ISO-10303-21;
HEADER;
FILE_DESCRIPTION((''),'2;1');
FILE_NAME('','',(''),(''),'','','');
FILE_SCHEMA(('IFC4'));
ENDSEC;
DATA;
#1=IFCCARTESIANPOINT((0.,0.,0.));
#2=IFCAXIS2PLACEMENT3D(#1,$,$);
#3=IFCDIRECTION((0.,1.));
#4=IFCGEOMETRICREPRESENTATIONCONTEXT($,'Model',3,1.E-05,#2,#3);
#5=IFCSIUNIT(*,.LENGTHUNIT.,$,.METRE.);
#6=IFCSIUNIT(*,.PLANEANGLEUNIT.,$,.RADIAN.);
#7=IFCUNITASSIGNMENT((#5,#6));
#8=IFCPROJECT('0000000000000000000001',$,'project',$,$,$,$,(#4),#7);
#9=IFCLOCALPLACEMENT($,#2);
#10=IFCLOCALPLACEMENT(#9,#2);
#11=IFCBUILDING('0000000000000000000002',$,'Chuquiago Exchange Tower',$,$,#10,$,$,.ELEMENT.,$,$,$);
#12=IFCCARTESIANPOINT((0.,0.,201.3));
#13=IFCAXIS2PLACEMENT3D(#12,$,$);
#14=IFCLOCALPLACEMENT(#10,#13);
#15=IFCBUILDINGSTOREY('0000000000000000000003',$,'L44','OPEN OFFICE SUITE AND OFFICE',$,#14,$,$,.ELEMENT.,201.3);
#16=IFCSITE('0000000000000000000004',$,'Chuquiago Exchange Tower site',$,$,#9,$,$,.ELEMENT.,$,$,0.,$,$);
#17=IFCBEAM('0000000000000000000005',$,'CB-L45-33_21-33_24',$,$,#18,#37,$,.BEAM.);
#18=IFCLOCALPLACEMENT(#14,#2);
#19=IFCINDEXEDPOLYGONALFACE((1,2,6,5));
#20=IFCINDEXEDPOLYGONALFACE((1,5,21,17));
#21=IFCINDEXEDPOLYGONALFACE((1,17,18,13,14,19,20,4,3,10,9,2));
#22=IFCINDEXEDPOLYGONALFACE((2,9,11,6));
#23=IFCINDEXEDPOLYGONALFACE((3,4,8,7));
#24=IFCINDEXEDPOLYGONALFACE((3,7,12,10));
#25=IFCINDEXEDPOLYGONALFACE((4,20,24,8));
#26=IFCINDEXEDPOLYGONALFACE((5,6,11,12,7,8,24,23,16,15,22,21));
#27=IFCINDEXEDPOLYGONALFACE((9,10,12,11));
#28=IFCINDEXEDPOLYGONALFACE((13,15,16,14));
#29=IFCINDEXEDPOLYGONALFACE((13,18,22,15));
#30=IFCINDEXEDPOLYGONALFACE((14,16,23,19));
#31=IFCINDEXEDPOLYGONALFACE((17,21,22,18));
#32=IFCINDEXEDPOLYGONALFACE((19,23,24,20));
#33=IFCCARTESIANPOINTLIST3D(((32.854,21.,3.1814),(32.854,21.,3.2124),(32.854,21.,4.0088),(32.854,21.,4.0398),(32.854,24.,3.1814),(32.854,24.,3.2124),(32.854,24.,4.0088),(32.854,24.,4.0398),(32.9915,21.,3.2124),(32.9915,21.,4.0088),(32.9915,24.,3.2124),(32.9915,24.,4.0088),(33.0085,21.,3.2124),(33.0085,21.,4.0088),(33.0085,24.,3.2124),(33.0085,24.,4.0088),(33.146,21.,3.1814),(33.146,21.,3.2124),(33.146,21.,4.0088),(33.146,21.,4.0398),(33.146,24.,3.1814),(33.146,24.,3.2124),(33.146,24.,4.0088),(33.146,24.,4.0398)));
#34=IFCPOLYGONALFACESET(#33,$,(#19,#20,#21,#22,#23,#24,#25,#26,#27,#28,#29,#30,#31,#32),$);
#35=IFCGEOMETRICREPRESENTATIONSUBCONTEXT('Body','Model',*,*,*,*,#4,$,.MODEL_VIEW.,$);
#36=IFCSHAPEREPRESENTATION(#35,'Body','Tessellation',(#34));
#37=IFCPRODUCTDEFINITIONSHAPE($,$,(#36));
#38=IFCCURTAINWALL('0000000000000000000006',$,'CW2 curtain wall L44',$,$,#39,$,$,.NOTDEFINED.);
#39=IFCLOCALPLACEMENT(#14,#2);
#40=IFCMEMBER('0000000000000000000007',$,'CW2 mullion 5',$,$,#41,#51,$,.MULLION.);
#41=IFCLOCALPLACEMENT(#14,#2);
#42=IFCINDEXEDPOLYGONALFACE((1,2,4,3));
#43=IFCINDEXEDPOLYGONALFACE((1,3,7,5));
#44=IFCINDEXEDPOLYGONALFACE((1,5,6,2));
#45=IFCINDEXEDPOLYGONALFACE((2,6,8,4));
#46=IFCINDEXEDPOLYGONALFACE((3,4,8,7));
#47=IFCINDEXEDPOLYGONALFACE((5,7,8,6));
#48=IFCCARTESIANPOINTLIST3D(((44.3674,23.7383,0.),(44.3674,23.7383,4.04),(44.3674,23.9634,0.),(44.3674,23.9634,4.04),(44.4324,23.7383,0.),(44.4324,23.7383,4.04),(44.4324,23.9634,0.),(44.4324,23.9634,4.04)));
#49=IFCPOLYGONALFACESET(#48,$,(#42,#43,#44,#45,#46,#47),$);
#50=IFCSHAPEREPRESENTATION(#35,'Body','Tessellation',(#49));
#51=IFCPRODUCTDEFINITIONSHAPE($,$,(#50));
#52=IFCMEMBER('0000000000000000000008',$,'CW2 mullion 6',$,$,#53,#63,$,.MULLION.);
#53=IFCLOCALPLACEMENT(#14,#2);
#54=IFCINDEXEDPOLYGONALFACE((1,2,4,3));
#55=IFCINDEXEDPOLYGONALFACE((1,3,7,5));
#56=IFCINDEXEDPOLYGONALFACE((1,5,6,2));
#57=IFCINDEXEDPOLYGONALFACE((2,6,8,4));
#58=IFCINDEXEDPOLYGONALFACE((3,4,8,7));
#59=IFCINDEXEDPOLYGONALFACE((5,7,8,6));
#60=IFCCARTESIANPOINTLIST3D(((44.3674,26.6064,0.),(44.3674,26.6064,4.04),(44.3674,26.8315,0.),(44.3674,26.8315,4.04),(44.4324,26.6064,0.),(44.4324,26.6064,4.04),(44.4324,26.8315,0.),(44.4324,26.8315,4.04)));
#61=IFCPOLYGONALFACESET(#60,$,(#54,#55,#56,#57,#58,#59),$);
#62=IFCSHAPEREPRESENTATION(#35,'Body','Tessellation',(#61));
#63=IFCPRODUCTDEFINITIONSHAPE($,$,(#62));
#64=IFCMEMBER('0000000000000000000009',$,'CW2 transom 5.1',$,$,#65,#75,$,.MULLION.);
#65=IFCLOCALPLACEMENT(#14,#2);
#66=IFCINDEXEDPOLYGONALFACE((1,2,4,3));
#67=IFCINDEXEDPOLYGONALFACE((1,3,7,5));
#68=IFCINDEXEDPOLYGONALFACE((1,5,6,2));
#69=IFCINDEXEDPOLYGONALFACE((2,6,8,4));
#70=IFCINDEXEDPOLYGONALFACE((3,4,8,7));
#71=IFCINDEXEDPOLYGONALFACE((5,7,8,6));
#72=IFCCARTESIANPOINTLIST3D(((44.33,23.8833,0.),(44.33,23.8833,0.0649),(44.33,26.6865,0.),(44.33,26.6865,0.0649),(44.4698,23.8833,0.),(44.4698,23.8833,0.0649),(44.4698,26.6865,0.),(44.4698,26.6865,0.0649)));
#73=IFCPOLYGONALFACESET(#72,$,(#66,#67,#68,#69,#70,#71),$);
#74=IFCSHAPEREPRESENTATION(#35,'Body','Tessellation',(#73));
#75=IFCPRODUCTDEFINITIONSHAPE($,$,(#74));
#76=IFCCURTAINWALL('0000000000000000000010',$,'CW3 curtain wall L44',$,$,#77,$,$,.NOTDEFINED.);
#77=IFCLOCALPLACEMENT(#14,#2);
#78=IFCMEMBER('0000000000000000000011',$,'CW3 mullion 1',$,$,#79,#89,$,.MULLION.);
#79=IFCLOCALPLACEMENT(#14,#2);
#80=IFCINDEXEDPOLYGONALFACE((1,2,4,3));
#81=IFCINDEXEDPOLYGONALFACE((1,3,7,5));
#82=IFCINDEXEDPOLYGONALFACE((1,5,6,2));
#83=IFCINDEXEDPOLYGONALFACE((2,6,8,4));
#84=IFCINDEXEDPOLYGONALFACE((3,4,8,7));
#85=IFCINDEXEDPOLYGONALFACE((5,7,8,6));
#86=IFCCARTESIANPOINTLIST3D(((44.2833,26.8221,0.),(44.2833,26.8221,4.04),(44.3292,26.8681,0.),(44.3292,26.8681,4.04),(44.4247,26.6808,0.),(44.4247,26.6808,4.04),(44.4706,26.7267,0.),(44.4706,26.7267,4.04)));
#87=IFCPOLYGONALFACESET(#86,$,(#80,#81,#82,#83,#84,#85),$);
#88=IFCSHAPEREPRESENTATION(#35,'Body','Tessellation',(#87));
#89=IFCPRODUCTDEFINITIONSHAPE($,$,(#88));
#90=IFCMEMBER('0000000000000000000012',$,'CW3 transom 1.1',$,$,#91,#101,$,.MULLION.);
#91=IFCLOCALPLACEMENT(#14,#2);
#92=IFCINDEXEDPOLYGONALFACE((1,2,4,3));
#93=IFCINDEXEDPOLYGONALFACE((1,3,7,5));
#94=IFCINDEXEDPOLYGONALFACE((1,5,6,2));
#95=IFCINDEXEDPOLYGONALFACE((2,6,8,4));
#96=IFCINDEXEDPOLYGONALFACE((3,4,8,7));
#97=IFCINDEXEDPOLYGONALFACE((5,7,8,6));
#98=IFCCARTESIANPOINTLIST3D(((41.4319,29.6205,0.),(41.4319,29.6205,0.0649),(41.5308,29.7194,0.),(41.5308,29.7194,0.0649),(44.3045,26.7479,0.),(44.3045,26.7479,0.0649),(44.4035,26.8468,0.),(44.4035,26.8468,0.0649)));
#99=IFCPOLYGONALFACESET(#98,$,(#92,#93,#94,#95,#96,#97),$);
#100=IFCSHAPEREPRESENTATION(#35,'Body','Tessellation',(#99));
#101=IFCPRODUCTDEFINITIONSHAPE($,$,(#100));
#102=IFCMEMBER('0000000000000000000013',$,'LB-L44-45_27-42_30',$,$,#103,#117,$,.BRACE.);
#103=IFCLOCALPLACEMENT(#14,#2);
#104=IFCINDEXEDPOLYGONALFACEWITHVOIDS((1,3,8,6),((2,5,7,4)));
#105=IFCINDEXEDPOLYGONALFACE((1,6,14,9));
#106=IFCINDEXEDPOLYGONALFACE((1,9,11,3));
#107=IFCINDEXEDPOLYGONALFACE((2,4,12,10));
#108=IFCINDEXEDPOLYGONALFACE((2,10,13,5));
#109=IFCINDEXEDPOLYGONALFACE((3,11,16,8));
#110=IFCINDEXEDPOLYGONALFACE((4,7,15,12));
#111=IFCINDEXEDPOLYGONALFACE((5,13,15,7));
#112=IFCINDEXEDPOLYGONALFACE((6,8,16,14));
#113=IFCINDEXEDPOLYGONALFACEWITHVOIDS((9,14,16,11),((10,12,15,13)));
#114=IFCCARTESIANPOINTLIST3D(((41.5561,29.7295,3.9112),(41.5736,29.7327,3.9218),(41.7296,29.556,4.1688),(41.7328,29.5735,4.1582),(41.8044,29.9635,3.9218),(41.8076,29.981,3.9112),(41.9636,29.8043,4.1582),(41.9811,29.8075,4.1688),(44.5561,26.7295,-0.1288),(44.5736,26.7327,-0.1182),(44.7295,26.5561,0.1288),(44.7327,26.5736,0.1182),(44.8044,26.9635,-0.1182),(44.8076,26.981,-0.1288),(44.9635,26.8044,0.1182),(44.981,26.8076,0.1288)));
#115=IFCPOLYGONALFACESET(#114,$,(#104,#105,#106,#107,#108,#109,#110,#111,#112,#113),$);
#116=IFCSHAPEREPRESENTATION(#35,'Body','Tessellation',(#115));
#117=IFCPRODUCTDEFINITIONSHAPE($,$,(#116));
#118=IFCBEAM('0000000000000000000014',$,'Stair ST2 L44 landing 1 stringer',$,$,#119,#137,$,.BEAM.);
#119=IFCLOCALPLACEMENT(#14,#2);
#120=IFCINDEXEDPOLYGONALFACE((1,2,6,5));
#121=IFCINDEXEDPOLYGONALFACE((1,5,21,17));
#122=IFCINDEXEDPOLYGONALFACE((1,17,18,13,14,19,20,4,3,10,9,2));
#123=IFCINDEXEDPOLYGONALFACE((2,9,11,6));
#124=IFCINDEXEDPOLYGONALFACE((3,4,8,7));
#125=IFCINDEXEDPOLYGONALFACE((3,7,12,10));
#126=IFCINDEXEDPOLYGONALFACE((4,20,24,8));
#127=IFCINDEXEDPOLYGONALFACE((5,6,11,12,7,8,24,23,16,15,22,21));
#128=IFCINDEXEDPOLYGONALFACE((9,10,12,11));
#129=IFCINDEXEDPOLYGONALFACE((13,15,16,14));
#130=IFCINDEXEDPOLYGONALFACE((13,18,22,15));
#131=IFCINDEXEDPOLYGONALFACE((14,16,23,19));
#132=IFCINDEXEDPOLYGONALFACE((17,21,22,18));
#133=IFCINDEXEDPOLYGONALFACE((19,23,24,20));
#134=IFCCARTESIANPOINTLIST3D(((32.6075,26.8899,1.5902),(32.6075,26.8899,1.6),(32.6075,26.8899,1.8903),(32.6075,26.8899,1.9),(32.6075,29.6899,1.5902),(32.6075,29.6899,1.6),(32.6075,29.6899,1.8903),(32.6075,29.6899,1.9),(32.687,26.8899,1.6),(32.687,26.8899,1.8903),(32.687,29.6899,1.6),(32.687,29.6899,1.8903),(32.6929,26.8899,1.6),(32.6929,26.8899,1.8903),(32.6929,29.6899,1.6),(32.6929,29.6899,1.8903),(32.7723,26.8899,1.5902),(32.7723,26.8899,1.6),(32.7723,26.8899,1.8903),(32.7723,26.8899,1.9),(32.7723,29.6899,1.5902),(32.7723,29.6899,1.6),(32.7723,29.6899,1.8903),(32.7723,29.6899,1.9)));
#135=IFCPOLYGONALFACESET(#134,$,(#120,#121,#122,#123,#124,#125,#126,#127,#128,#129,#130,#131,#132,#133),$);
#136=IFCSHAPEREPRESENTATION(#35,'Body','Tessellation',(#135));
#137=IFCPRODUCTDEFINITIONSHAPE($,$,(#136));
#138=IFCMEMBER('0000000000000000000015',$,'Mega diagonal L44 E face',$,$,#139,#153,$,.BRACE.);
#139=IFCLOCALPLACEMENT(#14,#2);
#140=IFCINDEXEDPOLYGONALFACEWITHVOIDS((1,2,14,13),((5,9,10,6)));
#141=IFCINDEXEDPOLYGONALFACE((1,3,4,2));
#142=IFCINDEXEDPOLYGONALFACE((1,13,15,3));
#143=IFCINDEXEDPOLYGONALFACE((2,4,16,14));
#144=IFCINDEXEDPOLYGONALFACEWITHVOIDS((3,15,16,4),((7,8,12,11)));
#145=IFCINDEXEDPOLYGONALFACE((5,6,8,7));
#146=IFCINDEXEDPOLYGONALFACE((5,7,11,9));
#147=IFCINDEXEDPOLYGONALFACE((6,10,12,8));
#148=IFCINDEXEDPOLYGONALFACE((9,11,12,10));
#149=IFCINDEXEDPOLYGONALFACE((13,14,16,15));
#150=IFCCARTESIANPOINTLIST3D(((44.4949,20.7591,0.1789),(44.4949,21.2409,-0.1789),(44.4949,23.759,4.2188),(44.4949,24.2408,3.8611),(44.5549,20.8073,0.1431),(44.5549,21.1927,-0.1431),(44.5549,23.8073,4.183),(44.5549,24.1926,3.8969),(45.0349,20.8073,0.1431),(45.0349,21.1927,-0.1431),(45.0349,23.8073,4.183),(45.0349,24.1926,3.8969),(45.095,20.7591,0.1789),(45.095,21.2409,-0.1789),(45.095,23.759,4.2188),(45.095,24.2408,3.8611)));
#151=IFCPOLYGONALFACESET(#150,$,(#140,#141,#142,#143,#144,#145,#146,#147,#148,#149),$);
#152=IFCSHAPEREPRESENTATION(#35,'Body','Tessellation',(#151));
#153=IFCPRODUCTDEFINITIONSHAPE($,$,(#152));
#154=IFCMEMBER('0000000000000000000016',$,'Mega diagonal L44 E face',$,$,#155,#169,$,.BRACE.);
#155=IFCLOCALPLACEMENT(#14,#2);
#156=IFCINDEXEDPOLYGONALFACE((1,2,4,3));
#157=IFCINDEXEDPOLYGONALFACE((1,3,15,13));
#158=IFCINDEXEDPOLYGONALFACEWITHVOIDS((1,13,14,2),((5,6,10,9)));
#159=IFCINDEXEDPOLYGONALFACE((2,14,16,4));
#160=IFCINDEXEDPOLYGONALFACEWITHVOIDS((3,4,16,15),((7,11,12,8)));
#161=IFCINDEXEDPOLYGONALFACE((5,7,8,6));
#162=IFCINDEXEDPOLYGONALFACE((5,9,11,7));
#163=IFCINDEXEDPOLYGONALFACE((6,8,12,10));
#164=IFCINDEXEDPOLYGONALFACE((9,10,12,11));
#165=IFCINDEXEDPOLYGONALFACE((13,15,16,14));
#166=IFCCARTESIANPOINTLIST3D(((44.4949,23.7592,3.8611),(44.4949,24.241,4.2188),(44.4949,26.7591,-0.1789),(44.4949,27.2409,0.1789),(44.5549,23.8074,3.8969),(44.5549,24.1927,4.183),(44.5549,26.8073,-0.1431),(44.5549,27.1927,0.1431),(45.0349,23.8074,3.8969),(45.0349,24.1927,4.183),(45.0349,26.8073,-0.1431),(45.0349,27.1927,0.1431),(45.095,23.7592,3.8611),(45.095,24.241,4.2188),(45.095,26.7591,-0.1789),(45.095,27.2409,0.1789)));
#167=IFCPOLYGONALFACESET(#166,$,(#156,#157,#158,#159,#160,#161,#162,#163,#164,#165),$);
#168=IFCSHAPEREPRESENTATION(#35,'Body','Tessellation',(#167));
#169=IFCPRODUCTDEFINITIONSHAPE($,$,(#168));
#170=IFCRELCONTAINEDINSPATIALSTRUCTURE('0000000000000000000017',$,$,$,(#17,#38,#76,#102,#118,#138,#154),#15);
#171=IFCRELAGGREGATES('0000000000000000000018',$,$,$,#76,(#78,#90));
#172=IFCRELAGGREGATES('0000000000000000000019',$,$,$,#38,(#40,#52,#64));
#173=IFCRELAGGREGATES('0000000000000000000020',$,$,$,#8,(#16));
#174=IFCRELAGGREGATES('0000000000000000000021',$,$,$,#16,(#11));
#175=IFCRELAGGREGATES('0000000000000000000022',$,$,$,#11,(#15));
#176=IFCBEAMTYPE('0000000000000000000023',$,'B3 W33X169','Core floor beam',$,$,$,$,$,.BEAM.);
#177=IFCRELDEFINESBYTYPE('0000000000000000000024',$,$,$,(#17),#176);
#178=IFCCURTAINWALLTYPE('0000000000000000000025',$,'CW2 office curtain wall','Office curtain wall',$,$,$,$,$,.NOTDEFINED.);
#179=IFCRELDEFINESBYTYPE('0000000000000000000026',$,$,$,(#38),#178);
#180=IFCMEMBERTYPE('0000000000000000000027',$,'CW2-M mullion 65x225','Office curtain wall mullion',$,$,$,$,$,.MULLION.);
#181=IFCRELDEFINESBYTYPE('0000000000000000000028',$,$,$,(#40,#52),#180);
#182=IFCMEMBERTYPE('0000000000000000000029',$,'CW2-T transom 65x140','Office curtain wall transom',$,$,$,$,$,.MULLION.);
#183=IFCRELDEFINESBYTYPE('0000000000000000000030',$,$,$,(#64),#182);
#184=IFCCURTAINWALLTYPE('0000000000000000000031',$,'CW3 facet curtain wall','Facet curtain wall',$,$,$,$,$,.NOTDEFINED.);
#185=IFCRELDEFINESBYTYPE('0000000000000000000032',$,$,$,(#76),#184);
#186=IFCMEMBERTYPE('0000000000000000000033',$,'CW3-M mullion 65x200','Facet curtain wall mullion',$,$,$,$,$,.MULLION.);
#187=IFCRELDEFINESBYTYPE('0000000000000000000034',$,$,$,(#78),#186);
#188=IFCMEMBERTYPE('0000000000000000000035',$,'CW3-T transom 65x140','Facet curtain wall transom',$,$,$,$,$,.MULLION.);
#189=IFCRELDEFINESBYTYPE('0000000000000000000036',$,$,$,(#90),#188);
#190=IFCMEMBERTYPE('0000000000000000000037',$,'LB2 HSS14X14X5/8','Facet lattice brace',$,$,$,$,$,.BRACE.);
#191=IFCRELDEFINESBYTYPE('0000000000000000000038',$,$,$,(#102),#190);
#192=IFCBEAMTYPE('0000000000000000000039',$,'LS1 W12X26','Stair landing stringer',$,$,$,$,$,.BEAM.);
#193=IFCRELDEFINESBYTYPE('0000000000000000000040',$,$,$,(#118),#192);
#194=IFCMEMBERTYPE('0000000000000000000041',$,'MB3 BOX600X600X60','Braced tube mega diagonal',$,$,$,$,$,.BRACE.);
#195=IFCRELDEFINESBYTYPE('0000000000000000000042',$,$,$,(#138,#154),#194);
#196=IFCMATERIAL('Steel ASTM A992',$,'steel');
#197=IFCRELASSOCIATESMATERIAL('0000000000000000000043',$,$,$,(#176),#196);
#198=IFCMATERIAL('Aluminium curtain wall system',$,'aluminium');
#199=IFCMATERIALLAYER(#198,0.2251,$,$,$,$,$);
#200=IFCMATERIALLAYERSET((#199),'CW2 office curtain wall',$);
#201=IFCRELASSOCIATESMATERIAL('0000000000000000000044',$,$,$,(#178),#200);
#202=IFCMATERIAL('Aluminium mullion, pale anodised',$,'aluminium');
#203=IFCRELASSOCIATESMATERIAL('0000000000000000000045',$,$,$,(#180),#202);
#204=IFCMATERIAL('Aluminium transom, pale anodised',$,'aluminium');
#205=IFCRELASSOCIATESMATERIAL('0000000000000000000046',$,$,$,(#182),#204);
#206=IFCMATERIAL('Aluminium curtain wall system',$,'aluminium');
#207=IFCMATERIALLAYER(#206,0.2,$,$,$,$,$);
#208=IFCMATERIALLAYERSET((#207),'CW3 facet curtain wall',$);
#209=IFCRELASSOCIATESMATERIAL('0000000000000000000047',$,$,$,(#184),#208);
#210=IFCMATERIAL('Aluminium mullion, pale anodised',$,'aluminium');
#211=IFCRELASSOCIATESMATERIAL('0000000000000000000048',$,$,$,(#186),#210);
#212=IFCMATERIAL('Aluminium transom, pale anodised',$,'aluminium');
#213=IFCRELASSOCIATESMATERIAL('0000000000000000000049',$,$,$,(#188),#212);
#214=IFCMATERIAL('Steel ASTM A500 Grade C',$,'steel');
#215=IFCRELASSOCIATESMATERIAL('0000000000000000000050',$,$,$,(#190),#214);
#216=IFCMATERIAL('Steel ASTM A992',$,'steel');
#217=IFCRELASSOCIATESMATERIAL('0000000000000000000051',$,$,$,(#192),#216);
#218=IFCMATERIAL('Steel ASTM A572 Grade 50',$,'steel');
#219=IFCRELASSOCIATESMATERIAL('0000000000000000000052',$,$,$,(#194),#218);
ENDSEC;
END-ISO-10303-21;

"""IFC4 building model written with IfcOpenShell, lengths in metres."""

from ifc_helpers import new_model, si_unit, direction, frame, origin, origin_2d, place, context, subcontext, project, spatial, rectangle, hollow_rectangle, i_section, extrude, material, layer, layer_set, material_profile, profile_set, type_object, element, aggregate, save


model = new_model("IFC4")

# Units and contexts
model_context = context("Model", 3, precision=1e-05, world=origin(), true_north=direction((0.0, 1.0)))
body_context = subcontext(model_context, "Body", "Model", "MODEL_VIEW")
ifc_project = project(units=[si_unit("LENGTHUNIT", "METRE"), si_unit("PLANEANGLEUNIT", "RADIAN")], contexts=[model_context])

# Site, building, storey
site_placement = place(None, origin())
site = spatial("IfcSite", under=ifc_project, at=site_placement, Name="Chuquiago Exchange Tower site", CompositionType="ELEMENT", RefElevation=0.0)
building_placement = place(site_placement, origin())
building = spatial("IfcBuilding", under=site, at=building_placement, Name="Chuquiago Exchange Tower", CompositionType="ELEMENT")
storey_placement = place(building_placement, frame((0.0, 0.0, 201.3)))
storey = spatial("IfcBuildingStorey", under=building, at=storey_placement, Name="L44", Description="OPEN OFFICE SUITE AND OFFICE", CompositionType="ELEMENT", Elevation=201.3)

# Beam
ifc_material_1 = material(Name="Steel ASTM A992", Category="steel")
ifc_material_profile_1 = material_profile(ifc_material_1, i_section(OverallWidth=0.292, OverallDepth=0.8584, WebThickness=0.0171, FlangeThickness=0.031, at=origin_2d()), Name="W33X169")
ifc_profile_set_1 = profile_set([ifc_material_profile_1], Name="Steel ASTM A992")
beam_type_1 = type_object("IfcBeamType", Name="B3 W33X169", Description="Core floor beam", PredefinedType="BEAM", material=ifc_profile_set_1)
beam_1_placement = place(storey_placement, frame((33.0, 21.0, 3.6106), z_axis=(0.0, 1.0, 0.0), x_axis=(-1.0, 0.0, 0.0)))
element("IfcBeam", 1, at=beam_1_placement, inside=storey, type_object=beam_type_1, Name="CB-L45-33_21-33_24", PredefinedType="BEAM", context=body_context, shape_type="SweptSolid", body=[
    extrude(i_section(OverallWidth=0.292, OverallDepth=0.8584, WebThickness=0.0171, FlangeThickness=0.031, at=origin_2d()), origin(), (0.0, 0.0, 1.0), 3.0),
])

# Curtain walls, members
ifc_material_2 = material(Name="Aluminium curtain wall system", Category="aluminium")
ifc_layer_1 = layer(ifc_material_2, 0.2251)
ifc_layer_set_1 = layer_set([ifc_layer_1], Name="CW2 office curtain wall")
curtain_wall_type_1 = type_object("IfcCurtainWallType", Name="CW2 office curtain wall", Description="Office curtain wall", PredefinedType="NOTDEFINED", material=ifc_layer_set_1)
curtain_wall_1_placement = place(storey_placement, origin())
curtain_wall_1 = element("IfcCurtainWall", 2, at=curtain_wall_1_placement, inside=storey, type_object=curtain_wall_type_1, Name="CW2 curtain wall L44", PredefinedType="NOTDEFINED")
ifc_material_3 = material(Name="Aluminium mullion, pale anodised", Category="aluminium")
ifc_material_profile_2 = material_profile(ifc_material_3, rectangle(XDim=0.0649, YDim=0.2251, at=origin_2d()), Name="AL 65x225")
ifc_profile_set_2 = profile_set([ifc_material_profile_2], Name="Aluminium mullion, pale anodised")
member_type_1 = type_object("IfcMemberType", Name="CW2-M mullion 65x225", Description="Office curtain wall mullion", PredefinedType="MULLION", material=ifc_profile_set_2)
member_1_placement = place(storey_placement, frame((44.3999, 23.8508, 0.0), z_axis=(0.0, 0.0, 1.0), x_axis=(-1.0, 0.0, 0.0)))
member_1 = element("IfcMember", 3, at=member_1_placement, type_object=member_type_1, Name="CW2 mullion 5", PredefinedType="MULLION", context=body_context, shape_type="SweptSolid", body=[
    extrude(rectangle(XDim=0.0649, YDim=0.2251, at=origin_2d()), origin(), (0.0, 0.0, 1.0), 4.04),
])
member_2_placement = place(storey_placement, frame((44.3999, 26.719, 0.0), z_axis=(0.0, 0.0, 1.0), x_axis=(-1.0, 0.0, 0.0)))
member_2 = element("IfcMember", 4, at=member_2_placement, type_object=member_type_1, Name="CW2 mullion 6", PredefinedType="MULLION", context=body_context, shape_type="SweptSolid", body=[
    extrude(rectangle(XDim=0.0649, YDim=0.2251, at=origin_2d()), origin(), (0.0, 0.0, 1.0), 4.04),
])
ifc_material_4 = material(Name="Aluminium transom, pale anodised", Category="aluminium")
ifc_material_profile_3 = material_profile(ifc_material_4, rectangle(XDim=0.1399, YDim=0.0649, at=origin_2d()), Name="AL 140x65")
ifc_profile_set_3 = profile_set([ifc_material_profile_3], Name="Aluminium transom, pale anodised")
member_type_2 = type_object("IfcMemberType", Name="CW2-T transom 65x140", Description="Office curtain wall transom", PredefinedType="MULLION", material=ifc_profile_set_3)
member_3_placement = place(storey_placement, frame((44.3999, 23.8833, 0.0325), z_axis=(0.0, 1.0, 0.0), x_axis=(-1.0, 0.0, 0.0)))
member_3 = element("IfcMember", 5, at=member_3_placement, type_object=member_type_2, Name="CW2 transom 5.1", PredefinedType="MULLION", context=body_context, shape_type="SweptSolid", body=[
    extrude(rectangle(XDim=0.1399, YDim=0.0649, at=origin_2d()), origin(), (0.0, 0.0, 1.0), 2.8032),
])
ifc_material_5 = material(Name="Aluminium curtain wall system", Category="aluminium")
ifc_layer_2 = layer(ifc_material_5, 0.2)
ifc_layer_set_2 = layer_set([ifc_layer_2], Name="CW3 facet curtain wall")
curtain_wall_type_2 = type_object("IfcCurtainWallType", Name="CW3 facet curtain wall", Description="Facet curtain wall", PredefinedType="NOTDEFINED", material=ifc_layer_set_2)
curtain_wall_2_placement = place(storey_placement, origin())
curtain_wall_2 = element("IfcCurtainWall", 6, at=curtain_wall_2_placement, inside=storey, type_object=curtain_wall_type_2, Name="CW3 curtain wall L44", PredefinedType="NOTDEFINED")
ifc_material_6 = material(Name="Aluminium mullion, pale anodised", Category="aluminium")
ifc_material_profile_4 = material_profile(ifc_material_6, rectangle(XDim=0.0649, YDim=0.2, at=origin_2d()), Name="AL 65x200")
ifc_profile_set_4 = profile_set([ifc_material_profile_4], Name="Aluminium mullion, pale anodised")
member_type_3 = type_object("IfcMemberType", Name="CW3-M mullion 65x200", Description="Facet curtain wall mullion", PredefinedType="MULLION", material=ifc_profile_set_4)
member_4_placement = place(storey_placement, frame((44.377, 26.7744, 0.0), z_axis=(0.0, 0.0, 1.0), x_axis=(-0.707107, -0.707107, 0.0)))
member_4 = element("IfcMember", 7, at=member_4_placement, type_object=member_type_3, Name="CW3 mullion 1", PredefinedType="MULLION", context=body_context, shape_type="SweptSolid", body=[
    extrude(rectangle(XDim=0.0649, YDim=0.2, at=origin_2d()), origin(), (0.0, 0.0, 1.0), 4.04),
])
ifc_material_7 = material(Name="Aluminium transom, pale anodised", Category="aluminium")
ifc_material_profile_5 = material_profile(ifc_material_7, rectangle(XDim=0.1399, YDim=0.0649, at=origin_2d()), Name="AL 140x65")
ifc_profile_set_5 = profile_set([ifc_material_profile_5], Name="Aluminium transom, pale anodised")
member_type_4 = type_object("IfcMemberType", Name="CW3-T transom 65x140", Description="Facet curtain wall transom", PredefinedType="MULLION", material=ifc_profile_set_5)
member_5_placement = place(storey_placement, frame((44.354, 26.7974, 0.0325), z_axis=(-0.707107, 0.707107, 0.0), x_axis=(-0.707107, -0.707107, 0.0)))
member_5 = element("IfcMember", 8, at=member_5_placement, type_object=member_type_4, Name="CW3 transom 1.1", PredefinedType="MULLION", context=body_context, shape_type="SweptSolid", body=[
    extrude(rectangle(XDim=0.1399, YDim=0.0649, at=origin_2d()), origin(), (0.0, 0.0, 1.0), 4.0625),
])
aggregate(curtain_wall_2, [member_4, member_5])

# Member
ifc_material_8 = material(Name="Steel ASTM A500 Grade C", Category="steel")
ifc_material_profile_6 = material_profile(ifc_material_8, hollow_rectangle(XDim=0.3557, YDim=0.3557, WallThickness=0.0146, at=origin_2d()), Name="HSS14X14X5/8")
ifc_profile_set_6 = profile_set([ifc_material_profile_6], Name="Steel ASTM A500 Grade C")
member_type_5 = type_object("IfcMemberType", Name="LB2 HSS14X14X5/8", Description="Facet lattice brace", PredefinedType="BRACE", material=ifc_profile_set_6)
member_6_placement = place(storey_placement, frame((44.7686, 26.7686, 0.0), z_axis=(-0.512077, 0.512077, 0.689604), x_axis=(-0.707107, -0.707107, 0.0)))
element("IfcMember", 9, at=member_6_placement, inside=storey, type_object=member_type_5, Name="LB-L44-45_27-42_30", PredefinedType="BRACE", context=body_context, shape_type="SweptSolid", body=[
    extrude(hollow_rectangle(XDim=0.3557, YDim=0.3557, WallThickness=0.0146, at=origin_2d()), origin(), (0.0, 0.0, 1.0), 5.8584),
])

# Beam
ifc_material_9 = material(Name="Steel ASTM A992", Category="steel")
ifc_material_profile_7 = material_profile(ifc_material_9, i_section(OverallWidth=0.1648, OverallDepth=0.3098, WebThickness=0.0059, FlangeThickness=0.0098, at=origin_2d()), Name="W12X26")
ifc_profile_set_7 = profile_set([ifc_material_profile_7], Name="Steel ASTM A992")
beam_type_2 = type_object("IfcBeamType", Name="LS1 W12X26", Description="Stair landing stringer", PredefinedType="BEAM", material=ifc_profile_set_7)
beam_2_placement = place(storey_placement, frame((32.6899, 26.8899, 1.7451), z_axis=(0.0, 1.0, 0.0), x_axis=(-1.0, 0.0, 0.0)))
element("IfcBeam", 10, at=beam_2_placement, inside=storey, type_object=beam_type_2, Name="Stair ST2 L44 landing 1 stringer", PredefinedType="BEAM", context=body_context, shape_type="SweptSolid", body=[
    extrude(i_section(OverallWidth=0.1648, OverallDepth=0.3098, WebThickness=0.0059, FlangeThickness=0.0098, at=origin_2d()), origin(), (0.0, 0.0, 1.0), 2.8),
])

# Members
ifc_material_10 = material(Name="Steel ASTM A572 Grade 50", Category="steel")
ifc_material_profile_8 = material_profile(ifc_material_10, hollow_rectangle(XDim=0.6001, YDim=0.6001, WallThickness=0.0601, at=origin_2d()), Name="BOX600X600X60")
ifc_profile_set_8 = profile_set([ifc_material_profile_8], Name="Steel ASTM A572 Grade 50")
member_type_6 = type_object("IfcMemberType", Name="MB3 BOX600X600X60", Description="Braced tube mega diagonal", PredefinedType="BRACE", material=ifc_profile_set_8)
for number, where, z_axis, x_axis, name in (
    (11, (44.7949, 21.0, 0.0), (0.0, 0.596174, 0.802855), (-1.0, 0.0, 0.0), "Mega diagonal L44 E face"),
    (12, (44.7949, 27.0, 0.0), (0.0, -0.596174, 0.802855), (1.0, 0.0, 0.0), "Mega diagonal L44 E face"),
):
    element("IfcMember", number, at=place(storey_placement, frame(where, z_axis=z_axis, x_axis=x_axis)), inside=storey, type_object=member_type_6, Name=name, PredefinedType="BRACE", context=body_context, shape_type="SweptSolid", body=[
        extrude(hollow_rectangle(XDim=0.6001, YDim=0.6001, WallThickness=0.0601, at=origin_2d()), origin(), (0.0, 0.0, 1.0), 5.032),
    ])

aggregate(curtain_wall_1, [member_1, member_2, member_3])

save(model, "model.ifc")
